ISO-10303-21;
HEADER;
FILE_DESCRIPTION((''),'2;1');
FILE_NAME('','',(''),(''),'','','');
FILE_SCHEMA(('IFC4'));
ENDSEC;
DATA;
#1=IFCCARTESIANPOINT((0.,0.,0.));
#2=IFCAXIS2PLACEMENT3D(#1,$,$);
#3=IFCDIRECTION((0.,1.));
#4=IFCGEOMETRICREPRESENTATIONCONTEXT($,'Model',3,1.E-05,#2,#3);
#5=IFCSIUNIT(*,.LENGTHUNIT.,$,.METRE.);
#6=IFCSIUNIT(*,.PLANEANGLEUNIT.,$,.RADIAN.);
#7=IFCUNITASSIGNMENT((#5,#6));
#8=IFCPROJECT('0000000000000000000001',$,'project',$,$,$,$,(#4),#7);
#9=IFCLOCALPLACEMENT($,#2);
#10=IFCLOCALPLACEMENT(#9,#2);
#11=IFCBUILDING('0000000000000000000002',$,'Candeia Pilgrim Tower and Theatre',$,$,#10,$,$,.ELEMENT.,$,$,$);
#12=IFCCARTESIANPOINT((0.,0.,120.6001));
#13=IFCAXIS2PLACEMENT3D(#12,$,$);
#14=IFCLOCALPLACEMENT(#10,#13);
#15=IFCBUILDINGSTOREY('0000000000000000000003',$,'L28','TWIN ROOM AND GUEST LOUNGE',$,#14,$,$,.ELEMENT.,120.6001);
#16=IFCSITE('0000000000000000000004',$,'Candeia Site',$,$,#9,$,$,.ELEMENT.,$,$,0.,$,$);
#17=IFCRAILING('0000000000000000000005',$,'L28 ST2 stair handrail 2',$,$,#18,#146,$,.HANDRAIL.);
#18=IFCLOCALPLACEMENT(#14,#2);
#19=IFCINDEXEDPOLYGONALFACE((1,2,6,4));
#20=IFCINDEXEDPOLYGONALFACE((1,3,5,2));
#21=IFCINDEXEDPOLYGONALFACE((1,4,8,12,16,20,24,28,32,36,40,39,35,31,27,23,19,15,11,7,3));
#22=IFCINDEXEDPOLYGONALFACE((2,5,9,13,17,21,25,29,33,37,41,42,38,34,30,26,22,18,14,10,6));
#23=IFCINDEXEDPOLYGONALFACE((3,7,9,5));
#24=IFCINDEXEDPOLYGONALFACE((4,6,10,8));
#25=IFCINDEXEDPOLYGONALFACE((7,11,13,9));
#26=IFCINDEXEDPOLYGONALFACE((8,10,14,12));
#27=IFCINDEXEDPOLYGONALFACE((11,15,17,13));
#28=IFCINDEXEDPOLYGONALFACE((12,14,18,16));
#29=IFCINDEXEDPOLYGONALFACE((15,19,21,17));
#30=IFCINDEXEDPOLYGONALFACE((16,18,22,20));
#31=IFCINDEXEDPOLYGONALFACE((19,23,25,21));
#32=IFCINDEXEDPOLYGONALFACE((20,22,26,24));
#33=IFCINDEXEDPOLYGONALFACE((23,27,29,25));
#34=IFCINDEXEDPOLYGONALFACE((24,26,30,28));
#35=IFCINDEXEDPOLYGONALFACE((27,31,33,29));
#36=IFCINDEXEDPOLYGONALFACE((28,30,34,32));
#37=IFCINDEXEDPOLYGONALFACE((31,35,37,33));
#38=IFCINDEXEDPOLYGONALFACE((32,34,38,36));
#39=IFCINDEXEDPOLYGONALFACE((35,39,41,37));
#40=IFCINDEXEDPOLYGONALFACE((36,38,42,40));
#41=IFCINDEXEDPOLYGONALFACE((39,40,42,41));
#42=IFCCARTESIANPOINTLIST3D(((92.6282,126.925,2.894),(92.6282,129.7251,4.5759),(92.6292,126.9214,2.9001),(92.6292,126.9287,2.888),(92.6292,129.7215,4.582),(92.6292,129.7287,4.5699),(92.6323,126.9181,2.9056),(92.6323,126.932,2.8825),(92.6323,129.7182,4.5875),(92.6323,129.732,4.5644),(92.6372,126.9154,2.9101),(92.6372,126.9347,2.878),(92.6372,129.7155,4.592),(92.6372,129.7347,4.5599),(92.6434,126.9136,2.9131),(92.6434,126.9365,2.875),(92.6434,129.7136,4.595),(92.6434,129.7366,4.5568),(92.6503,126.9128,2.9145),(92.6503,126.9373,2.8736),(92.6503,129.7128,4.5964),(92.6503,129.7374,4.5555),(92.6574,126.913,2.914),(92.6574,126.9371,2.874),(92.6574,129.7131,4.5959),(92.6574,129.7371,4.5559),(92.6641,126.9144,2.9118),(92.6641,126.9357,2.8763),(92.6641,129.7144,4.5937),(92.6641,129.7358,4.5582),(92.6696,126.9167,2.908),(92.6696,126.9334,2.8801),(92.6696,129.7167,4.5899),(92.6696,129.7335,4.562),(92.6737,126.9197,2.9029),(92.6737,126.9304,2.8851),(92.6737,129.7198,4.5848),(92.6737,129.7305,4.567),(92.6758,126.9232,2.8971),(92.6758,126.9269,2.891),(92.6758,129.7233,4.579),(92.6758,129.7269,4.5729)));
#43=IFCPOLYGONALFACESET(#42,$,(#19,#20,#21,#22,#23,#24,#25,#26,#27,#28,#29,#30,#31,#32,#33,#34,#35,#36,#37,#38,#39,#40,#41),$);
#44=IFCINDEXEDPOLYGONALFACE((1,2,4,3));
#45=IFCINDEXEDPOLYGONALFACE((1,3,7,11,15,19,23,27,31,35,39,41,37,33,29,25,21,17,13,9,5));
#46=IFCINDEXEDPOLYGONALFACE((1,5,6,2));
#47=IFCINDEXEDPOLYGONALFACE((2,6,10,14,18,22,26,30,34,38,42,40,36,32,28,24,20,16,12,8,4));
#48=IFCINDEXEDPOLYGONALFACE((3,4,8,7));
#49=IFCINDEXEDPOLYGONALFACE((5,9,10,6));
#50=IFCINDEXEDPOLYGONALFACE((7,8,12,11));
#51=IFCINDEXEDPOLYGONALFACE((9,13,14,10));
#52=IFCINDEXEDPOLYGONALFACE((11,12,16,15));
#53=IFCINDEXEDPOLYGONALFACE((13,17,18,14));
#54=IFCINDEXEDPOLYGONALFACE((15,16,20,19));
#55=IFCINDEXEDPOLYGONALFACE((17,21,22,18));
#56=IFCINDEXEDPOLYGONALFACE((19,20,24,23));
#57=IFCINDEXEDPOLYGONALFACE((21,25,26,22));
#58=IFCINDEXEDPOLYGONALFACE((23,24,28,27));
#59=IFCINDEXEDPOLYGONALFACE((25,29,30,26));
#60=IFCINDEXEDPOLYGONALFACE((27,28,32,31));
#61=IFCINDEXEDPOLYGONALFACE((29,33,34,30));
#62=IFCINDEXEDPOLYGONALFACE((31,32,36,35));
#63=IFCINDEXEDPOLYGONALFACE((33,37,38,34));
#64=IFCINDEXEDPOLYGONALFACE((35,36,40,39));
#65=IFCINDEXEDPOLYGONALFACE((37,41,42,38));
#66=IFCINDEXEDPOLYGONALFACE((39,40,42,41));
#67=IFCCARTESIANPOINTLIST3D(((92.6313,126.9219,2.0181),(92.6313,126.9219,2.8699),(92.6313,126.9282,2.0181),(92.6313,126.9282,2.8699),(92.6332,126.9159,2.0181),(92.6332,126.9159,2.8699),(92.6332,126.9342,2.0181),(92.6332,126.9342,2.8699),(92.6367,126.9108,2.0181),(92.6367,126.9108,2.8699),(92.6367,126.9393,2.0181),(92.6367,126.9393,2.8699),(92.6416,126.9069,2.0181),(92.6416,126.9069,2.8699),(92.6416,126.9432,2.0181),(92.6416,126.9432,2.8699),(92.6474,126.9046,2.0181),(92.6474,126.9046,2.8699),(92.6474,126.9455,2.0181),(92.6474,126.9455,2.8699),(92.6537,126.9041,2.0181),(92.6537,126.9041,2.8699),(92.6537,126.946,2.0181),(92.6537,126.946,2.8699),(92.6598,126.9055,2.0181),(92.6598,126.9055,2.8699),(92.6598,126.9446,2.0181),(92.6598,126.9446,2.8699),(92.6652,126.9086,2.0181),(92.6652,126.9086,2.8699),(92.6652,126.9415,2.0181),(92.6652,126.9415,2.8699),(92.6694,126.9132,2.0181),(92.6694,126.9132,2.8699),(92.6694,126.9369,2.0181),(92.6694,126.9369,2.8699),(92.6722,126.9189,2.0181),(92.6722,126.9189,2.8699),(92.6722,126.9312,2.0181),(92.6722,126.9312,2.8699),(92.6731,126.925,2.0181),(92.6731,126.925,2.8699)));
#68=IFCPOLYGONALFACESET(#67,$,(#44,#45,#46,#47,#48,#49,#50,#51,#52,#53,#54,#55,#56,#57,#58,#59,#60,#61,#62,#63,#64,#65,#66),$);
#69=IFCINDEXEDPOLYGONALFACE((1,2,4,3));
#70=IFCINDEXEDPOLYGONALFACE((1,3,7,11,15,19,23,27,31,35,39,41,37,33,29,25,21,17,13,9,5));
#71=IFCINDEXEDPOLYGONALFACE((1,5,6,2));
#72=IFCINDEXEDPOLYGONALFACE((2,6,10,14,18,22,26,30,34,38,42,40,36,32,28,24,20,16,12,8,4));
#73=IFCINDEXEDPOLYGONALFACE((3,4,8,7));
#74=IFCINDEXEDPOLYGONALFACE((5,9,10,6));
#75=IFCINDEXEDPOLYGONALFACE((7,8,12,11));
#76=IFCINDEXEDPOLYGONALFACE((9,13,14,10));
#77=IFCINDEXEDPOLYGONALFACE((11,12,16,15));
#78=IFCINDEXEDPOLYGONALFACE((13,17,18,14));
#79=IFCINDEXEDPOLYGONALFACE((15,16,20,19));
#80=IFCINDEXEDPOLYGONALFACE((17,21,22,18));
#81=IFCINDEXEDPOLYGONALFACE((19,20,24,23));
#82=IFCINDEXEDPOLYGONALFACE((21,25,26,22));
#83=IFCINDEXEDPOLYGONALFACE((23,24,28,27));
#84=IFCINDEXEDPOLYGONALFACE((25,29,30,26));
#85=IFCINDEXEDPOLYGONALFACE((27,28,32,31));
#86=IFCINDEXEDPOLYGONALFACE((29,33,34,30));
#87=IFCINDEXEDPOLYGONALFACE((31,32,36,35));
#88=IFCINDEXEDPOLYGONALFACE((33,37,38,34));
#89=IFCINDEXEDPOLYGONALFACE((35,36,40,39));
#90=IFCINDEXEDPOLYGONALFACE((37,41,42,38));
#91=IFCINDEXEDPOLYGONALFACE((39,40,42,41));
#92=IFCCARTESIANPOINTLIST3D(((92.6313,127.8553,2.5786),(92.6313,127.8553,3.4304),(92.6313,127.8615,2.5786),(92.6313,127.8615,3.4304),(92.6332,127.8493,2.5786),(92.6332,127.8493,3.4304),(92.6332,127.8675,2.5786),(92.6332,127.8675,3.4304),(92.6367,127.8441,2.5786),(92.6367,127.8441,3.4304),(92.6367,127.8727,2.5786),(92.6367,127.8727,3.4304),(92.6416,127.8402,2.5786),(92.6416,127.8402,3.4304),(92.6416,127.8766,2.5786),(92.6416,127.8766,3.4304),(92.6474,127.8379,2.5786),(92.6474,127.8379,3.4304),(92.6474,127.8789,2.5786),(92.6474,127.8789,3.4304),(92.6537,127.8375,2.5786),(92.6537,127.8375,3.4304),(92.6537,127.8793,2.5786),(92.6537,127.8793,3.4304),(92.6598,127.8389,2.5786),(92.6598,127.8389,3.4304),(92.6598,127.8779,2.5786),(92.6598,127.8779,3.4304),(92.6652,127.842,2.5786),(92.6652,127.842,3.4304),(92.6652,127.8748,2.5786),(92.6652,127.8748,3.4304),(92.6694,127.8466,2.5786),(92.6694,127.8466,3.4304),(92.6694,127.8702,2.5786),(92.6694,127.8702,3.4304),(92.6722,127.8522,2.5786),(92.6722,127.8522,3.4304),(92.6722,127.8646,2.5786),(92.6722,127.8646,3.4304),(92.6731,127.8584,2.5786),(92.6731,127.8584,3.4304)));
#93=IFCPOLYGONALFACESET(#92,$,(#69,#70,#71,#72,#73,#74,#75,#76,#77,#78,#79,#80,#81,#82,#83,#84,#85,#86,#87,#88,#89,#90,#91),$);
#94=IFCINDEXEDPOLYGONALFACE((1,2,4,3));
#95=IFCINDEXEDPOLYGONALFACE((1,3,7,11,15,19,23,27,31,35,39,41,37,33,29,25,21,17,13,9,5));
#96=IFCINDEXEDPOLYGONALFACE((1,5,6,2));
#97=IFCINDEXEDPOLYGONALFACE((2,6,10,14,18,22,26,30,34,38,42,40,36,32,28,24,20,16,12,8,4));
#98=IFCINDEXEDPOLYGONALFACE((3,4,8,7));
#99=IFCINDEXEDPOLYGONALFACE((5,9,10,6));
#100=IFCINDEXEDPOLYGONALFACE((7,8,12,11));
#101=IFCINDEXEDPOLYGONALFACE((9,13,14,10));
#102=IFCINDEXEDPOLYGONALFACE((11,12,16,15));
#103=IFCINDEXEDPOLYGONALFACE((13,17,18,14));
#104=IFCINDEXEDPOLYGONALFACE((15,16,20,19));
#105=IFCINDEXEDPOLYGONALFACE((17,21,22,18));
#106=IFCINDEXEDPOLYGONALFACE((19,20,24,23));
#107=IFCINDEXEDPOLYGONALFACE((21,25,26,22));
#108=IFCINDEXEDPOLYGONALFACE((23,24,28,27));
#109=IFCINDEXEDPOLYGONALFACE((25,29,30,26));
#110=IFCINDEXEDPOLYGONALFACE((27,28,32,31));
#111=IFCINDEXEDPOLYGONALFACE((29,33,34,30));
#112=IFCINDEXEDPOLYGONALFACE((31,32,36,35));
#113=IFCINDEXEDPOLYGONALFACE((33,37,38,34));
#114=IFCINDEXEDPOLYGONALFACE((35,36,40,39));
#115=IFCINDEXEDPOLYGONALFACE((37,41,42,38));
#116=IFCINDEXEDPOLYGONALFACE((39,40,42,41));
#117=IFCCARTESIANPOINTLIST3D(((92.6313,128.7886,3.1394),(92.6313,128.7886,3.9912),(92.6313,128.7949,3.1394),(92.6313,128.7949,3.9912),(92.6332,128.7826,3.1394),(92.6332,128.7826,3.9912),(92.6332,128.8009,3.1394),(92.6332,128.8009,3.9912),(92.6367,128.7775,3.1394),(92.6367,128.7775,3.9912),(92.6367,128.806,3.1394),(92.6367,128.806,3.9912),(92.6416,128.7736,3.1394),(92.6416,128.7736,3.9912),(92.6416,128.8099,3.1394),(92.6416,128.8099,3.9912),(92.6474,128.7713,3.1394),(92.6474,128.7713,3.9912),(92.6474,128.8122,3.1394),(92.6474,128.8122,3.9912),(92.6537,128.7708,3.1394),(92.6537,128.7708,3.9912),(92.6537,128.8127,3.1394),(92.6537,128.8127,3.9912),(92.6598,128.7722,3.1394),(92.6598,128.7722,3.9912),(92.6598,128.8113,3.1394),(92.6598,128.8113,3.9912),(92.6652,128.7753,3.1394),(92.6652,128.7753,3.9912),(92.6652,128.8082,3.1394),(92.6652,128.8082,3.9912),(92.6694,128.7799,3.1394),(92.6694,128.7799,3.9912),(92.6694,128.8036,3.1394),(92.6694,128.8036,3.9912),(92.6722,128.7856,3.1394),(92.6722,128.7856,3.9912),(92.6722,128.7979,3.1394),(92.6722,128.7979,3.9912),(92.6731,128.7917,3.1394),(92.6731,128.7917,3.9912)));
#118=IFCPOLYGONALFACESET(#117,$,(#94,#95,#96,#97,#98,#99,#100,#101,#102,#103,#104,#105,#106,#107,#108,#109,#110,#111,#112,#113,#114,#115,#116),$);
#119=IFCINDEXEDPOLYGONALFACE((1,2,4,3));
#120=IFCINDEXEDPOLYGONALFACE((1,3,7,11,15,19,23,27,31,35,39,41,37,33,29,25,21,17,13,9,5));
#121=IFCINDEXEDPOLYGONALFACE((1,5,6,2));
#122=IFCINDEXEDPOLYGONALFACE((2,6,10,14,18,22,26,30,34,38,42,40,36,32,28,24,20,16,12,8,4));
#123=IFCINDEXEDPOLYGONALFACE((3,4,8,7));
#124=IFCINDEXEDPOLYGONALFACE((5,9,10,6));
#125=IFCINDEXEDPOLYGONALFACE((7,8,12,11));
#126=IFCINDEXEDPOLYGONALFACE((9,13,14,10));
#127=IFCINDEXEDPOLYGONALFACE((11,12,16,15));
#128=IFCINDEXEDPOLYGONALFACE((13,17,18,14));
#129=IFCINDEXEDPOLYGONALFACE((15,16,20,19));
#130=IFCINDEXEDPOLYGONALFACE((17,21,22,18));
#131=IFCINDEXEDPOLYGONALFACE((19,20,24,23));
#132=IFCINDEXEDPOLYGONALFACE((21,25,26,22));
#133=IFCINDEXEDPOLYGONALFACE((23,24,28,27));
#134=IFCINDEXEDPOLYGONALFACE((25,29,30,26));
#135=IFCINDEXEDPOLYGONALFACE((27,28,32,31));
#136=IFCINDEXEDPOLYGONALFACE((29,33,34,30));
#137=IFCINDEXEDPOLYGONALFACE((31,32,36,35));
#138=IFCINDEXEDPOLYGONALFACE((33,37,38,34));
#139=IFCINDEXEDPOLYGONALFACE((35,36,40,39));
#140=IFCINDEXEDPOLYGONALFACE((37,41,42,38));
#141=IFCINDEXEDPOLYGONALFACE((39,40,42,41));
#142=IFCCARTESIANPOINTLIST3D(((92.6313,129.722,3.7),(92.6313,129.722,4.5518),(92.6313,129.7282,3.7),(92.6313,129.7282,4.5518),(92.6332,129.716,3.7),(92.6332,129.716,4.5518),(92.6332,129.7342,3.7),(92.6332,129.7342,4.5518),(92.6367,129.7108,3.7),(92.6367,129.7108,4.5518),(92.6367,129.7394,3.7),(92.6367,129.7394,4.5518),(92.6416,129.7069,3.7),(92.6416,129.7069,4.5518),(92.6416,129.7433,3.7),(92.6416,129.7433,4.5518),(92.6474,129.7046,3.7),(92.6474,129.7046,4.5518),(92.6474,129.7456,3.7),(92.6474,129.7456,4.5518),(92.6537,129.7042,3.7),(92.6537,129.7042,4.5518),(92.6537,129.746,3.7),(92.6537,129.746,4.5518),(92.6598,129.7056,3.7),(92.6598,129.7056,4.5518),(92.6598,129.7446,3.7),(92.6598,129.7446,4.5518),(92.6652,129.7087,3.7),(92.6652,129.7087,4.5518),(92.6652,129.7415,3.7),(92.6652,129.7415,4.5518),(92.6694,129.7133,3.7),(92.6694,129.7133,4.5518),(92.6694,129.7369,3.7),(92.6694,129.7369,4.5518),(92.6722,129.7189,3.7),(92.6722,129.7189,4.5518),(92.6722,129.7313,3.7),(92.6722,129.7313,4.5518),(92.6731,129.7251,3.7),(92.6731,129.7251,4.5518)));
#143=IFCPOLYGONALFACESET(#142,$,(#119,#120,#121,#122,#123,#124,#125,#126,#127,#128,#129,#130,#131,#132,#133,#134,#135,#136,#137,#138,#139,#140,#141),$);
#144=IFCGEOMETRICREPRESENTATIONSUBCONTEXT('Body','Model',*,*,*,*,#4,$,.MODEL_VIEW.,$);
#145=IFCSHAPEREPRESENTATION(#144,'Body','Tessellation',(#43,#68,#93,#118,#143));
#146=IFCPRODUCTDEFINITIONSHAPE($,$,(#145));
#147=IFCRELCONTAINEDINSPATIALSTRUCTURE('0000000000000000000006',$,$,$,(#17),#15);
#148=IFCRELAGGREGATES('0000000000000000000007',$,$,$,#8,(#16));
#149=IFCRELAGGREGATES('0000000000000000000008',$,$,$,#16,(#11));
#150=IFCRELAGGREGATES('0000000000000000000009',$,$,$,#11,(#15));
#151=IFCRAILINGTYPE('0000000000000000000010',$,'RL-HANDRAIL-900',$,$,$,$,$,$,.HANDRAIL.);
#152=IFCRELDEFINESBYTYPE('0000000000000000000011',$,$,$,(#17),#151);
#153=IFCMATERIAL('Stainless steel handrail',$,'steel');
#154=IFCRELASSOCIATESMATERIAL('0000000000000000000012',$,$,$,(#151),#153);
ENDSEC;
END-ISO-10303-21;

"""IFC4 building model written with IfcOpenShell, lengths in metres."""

from ifc_helpers import new_model, si_unit, direction, frame, origin, origin_2d, place, context, subcontext, project, spatial, circle, extrude, material, type_object, element, save


model = new_model("IFC4")

# Units and contexts
model_context = context("Model", 3, precision=1e-05, world=origin(), true_north=direction((0.0, 1.0)))
body_context = subcontext(model_context, "Body", "Model", "MODEL_VIEW")
ifc_project = project(units=[si_unit("LENGTHUNIT", "METRE"), si_unit("PLANEANGLEUNIT", "RADIAN")], contexts=[model_context])

# Site, building, storey
site_placement = place(None, origin())
site = spatial("IfcSite", under=ifc_project, at=site_placement, Name="Candeia Site", CompositionType="ELEMENT", RefElevation=0.0)
building_placement = place(site_placement, origin())
building = spatial("IfcBuilding", under=site, at=building_placement, Name="Candeia Pilgrim Tower and Theatre", CompositionType="ELEMENT")
storey_placement = place(building_placement, frame((0.0, 0.0, 120.6001)))
storey = spatial("IfcBuildingStorey", under=building, at=storey_placement, Name="L28", Description="TWIN ROOM AND GUEST LOUNGE", CompositionType="ELEMENT", Elevation=120.6001)

# Railing
ifc_material_1 = material(Name="Stainless steel handrail", Category="steel")
railing_type = type_object("IfcRailingType", Name="RL-HANDRAIL-900", PredefinedType="HANDRAIL", material=ifc_material_1)
for number, where, name in (
    (1, (92.6521, 126.925, 2.0181), "L28 ST2 stair handrail 2"),
):
    element("IfcRailing", number, at=place(storey_placement, frame(where)), inside=storey, type_object=railing_type, Name=name, PredefinedType="HANDRAIL", context=body_context, shape_type="SweptSolid", body=[
        extrude(circle(Radius=0.0239, at=origin_2d()), frame((0.0, 0.0, 0.876), z_axis=(0.0, 0.857242, 0.514913), x_axis=(-1.0, 0.0, 0.0)), (0.0, 0.0, 1.0), 3.2664),
        extrude(circle(Radius=0.021, at=origin_2d()), origin(), (0.0, 0.0, 1.0), 0.8518),
        extrude(circle(Radius=0.021, at=origin_2d()), frame((0.0, 0.9333, 0.5605)), (0.0, 0.0, 1.0), 0.8518),
        extrude(circle(Radius=0.021, at=origin_2d()), frame((0.0, 1.8667, 1.1213)), (0.0, 0.0, 1.0), 0.8518),
        extrude(circle(Radius=0.021, at=origin_2d()), frame((0.0, 2.8, 1.6819)), (0.0, 0.0, 1.0), 0.8518),
    ])

save(model, "model.ifc")
